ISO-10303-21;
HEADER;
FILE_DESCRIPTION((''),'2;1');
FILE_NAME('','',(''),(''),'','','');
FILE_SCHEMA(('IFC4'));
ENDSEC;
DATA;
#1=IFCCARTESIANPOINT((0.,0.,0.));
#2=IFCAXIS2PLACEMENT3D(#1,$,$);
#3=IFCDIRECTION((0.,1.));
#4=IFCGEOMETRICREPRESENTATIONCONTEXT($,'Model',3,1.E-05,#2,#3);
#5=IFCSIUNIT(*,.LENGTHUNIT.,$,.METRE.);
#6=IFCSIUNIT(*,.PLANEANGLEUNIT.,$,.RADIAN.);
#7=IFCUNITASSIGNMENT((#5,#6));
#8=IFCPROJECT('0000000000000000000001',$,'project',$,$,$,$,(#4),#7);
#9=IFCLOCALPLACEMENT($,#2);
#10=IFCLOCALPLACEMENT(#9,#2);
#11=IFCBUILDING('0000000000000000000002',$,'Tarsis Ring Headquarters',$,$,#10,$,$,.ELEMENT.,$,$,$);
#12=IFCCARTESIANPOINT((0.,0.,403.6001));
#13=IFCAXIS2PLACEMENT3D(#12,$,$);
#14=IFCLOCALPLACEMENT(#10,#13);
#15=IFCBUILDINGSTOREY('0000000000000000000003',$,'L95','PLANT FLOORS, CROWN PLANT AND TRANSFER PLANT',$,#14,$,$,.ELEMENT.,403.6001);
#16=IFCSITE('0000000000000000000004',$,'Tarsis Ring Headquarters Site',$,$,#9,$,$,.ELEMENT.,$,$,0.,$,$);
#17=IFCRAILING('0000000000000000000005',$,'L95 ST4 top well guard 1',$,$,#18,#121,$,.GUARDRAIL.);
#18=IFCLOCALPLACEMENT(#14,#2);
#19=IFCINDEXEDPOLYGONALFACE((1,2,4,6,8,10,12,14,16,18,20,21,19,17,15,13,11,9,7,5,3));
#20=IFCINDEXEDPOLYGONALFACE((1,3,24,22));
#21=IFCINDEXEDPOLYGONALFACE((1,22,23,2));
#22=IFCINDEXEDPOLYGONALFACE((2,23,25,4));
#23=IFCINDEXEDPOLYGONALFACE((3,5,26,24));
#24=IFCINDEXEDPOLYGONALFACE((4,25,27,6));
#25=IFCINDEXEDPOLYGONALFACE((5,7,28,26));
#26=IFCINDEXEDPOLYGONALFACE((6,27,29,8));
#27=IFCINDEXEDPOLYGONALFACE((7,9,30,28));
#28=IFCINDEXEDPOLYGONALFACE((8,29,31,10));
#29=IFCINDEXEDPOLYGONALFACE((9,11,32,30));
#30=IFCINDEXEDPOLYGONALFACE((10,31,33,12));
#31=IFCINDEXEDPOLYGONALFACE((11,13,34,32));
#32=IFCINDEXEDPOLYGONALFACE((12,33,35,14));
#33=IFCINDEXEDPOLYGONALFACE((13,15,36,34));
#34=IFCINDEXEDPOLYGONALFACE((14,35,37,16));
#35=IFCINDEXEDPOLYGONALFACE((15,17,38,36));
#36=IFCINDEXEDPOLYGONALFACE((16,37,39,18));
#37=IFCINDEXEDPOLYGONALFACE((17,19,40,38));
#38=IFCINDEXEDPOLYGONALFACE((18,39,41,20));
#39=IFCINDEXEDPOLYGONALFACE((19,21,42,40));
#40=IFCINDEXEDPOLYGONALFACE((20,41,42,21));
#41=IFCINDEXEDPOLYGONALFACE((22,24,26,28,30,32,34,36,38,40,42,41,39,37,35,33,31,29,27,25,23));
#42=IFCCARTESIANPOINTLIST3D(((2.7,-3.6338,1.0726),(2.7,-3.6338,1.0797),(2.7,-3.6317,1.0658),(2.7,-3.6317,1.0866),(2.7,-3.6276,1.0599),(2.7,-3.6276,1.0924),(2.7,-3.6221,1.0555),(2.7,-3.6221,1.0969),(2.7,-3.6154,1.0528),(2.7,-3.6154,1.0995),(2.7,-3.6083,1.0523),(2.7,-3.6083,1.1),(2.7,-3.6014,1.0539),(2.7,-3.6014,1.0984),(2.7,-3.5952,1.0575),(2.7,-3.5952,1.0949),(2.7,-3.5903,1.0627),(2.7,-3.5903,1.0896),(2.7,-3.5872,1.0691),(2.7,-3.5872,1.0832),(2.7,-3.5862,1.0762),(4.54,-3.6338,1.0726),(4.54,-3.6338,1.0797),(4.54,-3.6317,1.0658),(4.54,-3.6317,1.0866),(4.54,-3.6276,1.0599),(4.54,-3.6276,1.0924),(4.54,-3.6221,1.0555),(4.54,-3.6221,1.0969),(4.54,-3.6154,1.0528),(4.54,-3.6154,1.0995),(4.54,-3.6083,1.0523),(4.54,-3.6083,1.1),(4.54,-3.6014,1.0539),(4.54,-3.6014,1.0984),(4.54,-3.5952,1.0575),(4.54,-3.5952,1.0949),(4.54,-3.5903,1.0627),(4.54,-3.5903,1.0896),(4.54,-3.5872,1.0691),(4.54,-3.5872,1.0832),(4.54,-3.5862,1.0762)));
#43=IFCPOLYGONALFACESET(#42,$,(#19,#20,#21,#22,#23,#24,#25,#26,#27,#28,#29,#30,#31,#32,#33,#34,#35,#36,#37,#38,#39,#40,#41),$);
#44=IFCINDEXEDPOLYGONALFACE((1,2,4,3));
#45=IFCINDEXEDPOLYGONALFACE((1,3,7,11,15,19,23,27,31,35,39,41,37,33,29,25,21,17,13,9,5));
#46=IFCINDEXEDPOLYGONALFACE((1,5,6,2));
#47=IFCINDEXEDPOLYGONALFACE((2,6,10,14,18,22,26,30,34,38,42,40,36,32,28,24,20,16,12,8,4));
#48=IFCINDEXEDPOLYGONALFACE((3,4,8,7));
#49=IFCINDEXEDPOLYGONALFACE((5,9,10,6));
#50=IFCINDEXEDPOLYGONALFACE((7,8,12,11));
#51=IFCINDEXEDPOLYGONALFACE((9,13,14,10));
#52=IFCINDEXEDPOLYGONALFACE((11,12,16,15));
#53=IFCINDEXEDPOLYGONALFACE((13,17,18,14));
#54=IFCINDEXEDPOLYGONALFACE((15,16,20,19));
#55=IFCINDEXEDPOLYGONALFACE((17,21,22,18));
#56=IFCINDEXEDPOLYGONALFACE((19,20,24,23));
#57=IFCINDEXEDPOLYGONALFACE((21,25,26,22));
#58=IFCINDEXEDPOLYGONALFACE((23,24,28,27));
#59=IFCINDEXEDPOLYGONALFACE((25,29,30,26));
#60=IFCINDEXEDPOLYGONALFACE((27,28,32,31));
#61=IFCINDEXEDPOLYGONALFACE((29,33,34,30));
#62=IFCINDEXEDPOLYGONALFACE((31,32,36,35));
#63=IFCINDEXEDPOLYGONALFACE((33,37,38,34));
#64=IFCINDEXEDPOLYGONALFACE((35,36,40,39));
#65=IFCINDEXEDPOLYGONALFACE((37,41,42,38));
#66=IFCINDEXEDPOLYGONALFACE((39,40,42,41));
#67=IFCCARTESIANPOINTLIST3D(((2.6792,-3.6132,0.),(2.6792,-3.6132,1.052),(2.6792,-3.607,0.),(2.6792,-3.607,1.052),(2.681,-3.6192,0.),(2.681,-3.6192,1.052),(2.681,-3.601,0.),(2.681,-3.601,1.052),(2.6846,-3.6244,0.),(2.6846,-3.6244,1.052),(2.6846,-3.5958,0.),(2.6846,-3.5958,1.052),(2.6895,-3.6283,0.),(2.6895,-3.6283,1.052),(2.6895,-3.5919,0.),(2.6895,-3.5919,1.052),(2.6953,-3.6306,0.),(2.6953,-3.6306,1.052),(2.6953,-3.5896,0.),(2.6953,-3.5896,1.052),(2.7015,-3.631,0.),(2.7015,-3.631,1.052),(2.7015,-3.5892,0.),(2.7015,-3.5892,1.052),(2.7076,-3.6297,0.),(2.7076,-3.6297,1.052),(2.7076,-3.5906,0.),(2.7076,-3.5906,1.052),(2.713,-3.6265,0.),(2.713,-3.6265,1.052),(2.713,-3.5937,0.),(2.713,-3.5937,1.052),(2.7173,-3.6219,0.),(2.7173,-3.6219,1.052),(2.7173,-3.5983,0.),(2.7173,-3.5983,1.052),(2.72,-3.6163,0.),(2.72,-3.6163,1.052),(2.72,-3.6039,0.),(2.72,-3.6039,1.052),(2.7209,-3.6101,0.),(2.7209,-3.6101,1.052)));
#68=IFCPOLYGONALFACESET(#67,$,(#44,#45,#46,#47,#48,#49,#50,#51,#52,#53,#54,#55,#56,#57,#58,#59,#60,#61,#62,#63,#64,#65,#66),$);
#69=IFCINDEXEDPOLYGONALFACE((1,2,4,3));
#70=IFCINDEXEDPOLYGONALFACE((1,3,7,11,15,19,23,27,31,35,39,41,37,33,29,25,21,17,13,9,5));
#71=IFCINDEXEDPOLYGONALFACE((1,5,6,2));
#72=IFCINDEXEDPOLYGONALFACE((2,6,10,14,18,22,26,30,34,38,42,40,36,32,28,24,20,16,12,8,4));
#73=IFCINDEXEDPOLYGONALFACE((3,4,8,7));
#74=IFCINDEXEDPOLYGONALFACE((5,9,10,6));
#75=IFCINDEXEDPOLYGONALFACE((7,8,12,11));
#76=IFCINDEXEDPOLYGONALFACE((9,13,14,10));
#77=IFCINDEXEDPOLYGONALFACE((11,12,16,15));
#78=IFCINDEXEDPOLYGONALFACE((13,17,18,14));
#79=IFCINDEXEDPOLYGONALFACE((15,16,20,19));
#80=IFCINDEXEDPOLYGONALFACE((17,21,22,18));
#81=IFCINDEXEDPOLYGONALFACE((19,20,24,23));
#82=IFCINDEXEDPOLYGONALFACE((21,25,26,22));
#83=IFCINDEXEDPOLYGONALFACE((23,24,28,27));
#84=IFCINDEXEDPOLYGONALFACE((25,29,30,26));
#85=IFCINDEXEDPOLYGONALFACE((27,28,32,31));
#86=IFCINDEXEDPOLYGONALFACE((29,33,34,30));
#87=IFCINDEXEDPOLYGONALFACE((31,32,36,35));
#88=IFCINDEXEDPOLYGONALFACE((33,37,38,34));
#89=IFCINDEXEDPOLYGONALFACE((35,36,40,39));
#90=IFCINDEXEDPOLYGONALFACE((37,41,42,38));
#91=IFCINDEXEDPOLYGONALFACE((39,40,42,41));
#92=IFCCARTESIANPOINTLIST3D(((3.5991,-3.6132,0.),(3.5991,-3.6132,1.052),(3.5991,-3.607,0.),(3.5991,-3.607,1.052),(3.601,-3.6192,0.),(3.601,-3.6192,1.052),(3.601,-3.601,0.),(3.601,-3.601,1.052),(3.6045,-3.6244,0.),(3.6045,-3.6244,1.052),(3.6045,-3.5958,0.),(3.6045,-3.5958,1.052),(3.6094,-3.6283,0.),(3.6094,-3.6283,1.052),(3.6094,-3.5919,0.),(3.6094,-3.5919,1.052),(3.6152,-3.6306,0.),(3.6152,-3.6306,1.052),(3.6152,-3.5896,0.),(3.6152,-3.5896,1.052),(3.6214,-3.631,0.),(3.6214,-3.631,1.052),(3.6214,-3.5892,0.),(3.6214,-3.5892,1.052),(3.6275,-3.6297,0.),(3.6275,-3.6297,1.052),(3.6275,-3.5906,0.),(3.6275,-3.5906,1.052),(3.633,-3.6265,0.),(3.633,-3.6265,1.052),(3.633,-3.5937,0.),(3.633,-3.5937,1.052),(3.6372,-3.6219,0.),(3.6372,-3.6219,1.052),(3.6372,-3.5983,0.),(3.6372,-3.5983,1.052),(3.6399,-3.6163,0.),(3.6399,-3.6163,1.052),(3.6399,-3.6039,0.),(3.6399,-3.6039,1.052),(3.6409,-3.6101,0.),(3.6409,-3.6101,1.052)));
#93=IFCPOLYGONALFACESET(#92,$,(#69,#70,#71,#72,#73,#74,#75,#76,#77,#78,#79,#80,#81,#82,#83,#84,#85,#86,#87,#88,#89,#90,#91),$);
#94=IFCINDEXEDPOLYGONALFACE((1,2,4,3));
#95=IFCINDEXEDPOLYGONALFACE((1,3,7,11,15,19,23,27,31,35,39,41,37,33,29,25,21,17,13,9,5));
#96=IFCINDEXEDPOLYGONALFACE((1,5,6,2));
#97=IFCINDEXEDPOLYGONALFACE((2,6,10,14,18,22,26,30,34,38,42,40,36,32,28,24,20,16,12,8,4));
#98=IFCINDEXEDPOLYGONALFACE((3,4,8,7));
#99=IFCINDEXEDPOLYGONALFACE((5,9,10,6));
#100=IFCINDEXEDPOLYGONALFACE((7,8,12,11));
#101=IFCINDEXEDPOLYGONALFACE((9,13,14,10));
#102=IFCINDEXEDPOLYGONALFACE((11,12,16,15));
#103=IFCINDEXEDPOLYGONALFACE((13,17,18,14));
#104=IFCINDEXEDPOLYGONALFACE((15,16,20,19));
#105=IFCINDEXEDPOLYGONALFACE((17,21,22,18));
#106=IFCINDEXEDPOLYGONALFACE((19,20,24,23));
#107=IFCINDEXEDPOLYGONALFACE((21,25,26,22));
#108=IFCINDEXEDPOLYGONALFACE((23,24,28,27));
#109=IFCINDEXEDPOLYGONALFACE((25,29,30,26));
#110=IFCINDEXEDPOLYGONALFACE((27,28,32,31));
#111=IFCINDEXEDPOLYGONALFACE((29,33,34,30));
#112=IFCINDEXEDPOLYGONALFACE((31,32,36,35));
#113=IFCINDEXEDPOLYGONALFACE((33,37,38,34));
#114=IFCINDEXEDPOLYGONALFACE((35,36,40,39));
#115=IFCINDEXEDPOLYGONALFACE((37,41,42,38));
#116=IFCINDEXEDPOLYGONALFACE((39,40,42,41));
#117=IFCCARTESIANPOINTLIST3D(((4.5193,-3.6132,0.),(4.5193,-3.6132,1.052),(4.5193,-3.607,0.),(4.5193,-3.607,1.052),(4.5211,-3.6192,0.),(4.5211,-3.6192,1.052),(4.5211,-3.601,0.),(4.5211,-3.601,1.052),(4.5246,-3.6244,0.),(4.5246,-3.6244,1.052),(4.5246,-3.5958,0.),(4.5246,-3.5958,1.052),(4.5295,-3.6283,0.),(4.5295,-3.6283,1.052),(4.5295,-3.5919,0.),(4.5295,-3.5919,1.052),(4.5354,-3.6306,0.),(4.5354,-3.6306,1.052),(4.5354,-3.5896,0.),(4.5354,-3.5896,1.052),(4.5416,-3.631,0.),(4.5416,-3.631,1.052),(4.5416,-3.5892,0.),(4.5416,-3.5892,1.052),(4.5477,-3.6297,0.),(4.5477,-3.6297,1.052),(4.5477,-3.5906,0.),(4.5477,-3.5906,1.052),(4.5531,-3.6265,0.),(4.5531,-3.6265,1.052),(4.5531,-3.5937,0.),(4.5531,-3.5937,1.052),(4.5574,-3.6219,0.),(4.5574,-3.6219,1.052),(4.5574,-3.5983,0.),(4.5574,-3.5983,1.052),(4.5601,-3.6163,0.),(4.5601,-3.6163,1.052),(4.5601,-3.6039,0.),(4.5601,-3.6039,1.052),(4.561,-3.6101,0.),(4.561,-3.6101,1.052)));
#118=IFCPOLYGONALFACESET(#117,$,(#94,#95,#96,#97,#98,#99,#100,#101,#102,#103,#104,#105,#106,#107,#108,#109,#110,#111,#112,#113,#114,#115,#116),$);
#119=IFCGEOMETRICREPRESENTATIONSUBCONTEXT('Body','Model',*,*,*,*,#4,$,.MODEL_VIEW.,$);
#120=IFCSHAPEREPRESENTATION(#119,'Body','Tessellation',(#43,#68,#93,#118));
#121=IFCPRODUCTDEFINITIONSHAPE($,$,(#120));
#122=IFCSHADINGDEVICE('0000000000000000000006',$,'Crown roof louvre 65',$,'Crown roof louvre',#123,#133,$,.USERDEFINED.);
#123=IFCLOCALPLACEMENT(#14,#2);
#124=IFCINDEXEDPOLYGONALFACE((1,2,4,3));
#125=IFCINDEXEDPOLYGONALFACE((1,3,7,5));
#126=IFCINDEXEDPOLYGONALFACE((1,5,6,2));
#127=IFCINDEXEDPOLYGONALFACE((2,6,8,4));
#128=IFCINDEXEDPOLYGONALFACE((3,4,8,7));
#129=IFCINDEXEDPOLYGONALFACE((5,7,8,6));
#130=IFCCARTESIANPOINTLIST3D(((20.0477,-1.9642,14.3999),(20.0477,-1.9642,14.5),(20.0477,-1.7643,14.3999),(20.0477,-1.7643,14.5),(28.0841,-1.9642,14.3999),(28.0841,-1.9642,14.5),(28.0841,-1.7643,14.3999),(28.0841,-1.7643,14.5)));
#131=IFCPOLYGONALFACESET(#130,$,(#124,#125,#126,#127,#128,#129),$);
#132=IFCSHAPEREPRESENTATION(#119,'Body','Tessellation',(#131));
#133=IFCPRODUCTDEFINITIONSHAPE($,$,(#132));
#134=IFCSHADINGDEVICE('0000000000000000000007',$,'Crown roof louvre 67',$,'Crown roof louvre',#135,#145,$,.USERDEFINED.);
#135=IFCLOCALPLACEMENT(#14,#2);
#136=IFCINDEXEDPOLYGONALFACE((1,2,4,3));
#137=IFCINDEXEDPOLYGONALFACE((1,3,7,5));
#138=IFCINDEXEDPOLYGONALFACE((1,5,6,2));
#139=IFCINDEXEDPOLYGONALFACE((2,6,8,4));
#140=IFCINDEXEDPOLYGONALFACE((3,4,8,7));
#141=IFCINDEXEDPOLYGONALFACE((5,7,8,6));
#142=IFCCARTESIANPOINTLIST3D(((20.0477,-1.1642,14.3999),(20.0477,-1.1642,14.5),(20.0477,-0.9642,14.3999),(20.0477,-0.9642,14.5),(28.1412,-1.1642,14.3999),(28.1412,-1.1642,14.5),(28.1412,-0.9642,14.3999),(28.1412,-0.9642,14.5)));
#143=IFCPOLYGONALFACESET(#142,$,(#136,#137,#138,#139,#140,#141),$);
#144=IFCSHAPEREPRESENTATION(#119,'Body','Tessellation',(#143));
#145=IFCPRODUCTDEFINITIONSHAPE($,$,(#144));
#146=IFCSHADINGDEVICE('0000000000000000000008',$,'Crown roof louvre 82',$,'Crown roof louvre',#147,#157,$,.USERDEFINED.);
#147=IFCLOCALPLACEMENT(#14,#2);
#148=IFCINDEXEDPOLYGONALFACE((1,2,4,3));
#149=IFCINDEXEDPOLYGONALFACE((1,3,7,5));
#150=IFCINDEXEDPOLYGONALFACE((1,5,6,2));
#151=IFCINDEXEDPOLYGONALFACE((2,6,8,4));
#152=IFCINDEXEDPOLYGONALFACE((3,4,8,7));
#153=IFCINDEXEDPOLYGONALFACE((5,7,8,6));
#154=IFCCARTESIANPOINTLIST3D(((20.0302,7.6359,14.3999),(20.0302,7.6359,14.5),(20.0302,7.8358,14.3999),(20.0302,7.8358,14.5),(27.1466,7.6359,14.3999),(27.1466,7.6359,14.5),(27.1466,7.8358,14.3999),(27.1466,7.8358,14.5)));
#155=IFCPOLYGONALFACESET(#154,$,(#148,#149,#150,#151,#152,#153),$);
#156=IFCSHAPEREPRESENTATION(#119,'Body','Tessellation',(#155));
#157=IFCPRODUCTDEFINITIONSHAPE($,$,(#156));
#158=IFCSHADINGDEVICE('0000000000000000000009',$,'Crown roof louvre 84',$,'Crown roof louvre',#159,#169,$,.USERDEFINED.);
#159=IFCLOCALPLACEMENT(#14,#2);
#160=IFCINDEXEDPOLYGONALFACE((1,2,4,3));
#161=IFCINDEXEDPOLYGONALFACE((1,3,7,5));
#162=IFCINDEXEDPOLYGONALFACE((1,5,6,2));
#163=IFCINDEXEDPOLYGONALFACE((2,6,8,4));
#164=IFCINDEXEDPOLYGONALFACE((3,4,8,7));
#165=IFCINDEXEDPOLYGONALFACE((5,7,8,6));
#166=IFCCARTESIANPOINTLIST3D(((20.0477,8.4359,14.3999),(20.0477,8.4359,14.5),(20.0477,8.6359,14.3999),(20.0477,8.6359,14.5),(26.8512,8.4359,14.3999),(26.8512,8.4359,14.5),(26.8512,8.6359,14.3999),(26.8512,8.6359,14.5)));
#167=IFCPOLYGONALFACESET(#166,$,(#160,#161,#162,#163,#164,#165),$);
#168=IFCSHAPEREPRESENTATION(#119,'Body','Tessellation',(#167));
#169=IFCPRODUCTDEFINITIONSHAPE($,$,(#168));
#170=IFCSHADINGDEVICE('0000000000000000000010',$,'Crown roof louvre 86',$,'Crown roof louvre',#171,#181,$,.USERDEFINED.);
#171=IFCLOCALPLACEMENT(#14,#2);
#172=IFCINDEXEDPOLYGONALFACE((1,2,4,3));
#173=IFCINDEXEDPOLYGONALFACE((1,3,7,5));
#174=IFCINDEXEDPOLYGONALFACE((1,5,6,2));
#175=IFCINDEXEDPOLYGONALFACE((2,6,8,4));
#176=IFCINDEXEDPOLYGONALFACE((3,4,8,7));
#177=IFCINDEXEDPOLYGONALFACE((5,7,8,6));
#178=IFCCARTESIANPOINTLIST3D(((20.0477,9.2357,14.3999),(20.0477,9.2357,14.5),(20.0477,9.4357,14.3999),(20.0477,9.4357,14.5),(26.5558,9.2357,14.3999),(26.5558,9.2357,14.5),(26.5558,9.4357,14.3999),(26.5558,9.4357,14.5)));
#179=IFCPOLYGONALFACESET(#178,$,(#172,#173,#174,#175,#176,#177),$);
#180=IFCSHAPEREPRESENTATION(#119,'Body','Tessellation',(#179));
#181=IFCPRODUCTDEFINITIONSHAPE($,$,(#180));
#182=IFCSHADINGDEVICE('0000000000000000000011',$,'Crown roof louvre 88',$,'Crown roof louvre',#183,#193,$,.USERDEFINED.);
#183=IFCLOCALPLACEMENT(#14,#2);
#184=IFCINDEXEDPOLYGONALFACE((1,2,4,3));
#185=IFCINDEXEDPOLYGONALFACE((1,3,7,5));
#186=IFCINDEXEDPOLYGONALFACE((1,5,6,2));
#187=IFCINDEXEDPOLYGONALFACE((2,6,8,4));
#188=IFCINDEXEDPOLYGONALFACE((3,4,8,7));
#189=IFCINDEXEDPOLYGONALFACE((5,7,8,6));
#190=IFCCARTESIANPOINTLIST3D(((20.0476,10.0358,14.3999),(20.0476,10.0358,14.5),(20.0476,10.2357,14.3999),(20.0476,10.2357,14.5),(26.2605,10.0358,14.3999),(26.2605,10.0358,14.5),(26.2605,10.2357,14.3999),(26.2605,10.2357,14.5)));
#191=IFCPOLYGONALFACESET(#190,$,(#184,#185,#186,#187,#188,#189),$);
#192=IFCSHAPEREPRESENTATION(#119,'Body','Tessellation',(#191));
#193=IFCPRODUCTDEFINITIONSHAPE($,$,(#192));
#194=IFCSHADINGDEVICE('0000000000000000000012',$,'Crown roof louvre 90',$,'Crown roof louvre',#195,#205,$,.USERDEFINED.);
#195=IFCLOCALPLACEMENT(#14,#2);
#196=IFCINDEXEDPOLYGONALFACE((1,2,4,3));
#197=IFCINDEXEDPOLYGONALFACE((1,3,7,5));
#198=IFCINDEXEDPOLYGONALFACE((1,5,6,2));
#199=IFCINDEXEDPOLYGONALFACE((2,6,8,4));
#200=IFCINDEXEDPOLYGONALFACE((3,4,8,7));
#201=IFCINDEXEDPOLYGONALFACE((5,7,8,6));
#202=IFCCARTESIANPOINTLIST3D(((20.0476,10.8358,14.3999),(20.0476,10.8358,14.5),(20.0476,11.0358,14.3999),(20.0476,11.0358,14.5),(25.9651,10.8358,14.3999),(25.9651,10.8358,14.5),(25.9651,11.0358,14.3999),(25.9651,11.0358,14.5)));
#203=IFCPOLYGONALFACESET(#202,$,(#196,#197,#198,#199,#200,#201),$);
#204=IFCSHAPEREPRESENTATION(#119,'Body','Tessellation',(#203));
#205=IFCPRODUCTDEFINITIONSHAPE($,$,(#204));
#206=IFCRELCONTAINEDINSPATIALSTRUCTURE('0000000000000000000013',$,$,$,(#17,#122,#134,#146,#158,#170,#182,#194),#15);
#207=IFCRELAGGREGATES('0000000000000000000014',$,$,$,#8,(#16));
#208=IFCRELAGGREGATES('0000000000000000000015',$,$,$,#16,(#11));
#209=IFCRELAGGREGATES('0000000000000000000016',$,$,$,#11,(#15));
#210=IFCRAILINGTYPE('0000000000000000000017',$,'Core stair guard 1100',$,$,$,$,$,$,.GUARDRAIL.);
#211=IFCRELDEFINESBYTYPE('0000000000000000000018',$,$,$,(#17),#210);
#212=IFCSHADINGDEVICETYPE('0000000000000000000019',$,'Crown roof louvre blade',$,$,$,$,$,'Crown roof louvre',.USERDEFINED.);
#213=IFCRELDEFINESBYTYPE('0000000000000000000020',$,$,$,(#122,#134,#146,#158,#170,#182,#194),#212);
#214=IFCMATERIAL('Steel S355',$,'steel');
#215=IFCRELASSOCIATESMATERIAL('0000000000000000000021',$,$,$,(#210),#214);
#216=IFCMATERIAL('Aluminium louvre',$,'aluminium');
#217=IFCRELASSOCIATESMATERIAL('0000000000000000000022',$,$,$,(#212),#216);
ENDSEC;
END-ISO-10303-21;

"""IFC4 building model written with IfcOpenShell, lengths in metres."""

from ifc_helpers import new_model, si_unit, direction, frame, origin, origin_2d, place, context, subcontext, project, spatial, rectangle, circle, extrude, material, type_object, element, save


model = new_model("IFC4")

# Units and contexts
model_context = context("Model", 3, precision=1e-05, world=origin(), true_north=direction((0.0, 1.0)))
body_context = subcontext(model_context, "Body", "Model", "MODEL_VIEW")
ifc_project = project(units=[si_unit("LENGTHUNIT", "METRE"), si_unit("PLANEANGLEUNIT", "RADIAN")], contexts=[model_context])

# Site, building, storey
site_placement = place(None, origin())
site = spatial("IfcSite", under=ifc_project, at=site_placement, Name="Tarsis Ring Headquarters Site", CompositionType="ELEMENT", RefElevation=0.0)
building_placement = place(site_placement, origin())
building = spatial("IfcBuilding", under=site, at=building_placement, Name="Tarsis Ring Headquarters", CompositionType="ELEMENT")
storey_placement = place(building_placement, frame((0.0, 0.0, 403.6001)))
storey = spatial("IfcBuildingStorey", under=building, at=storey_placement, Name="L95", Description="PLANT FLOORS, CROWN PLANT AND TRANSFER PLANT", CompositionType="ELEMENT", Elevation=403.6001)

# Railing
ifc_material_1 = material(Name="Steel S355", Category="steel")
railing_type = type_object("IfcRailingType", Name="Core stair guard 1100", PredefinedType="GUARDRAIL", material=ifc_material_1)
railing_1_placement = place(storey_placement, frame((2.7, -3.6101, 0.0)))
element("IfcRailing", 1, at=railing_1_placement, inside=storey, type_object=railing_type, Name="L95 ST4 top well guard 1", PredefinedType="GUARDRAIL", context=body_context, shape_type="SweptSolid", body=[
    extrude(circle(Radius=0.0239, at=origin_2d()), frame((0.0, 0.0, 1.0762), z_axis=(1.0, 0.0, 0.0), x_axis=(0.0, 1.0, 0.0)), (0.0, 0.0, 1.0), 1.8401),
    extrude(circle(Radius=0.021, at=origin_2d()), origin(), (0.0, 0.0, 1.0), 1.052),
    extrude(circle(Radius=0.021, at=origin_2d()), frame((0.9199, 0.0, 0.0)), (0.0, 0.0, 1.0), 1.052),
    extrude(circle(Radius=0.021, at=origin_2d()), frame((1.8401, 0.0, 0.0)), (0.0, 0.0, 1.0), 1.052),
])

# Shading devices
ifc_material_2 = material(Name="Aluminium louvre", Category="aluminium")
shading_device_type_1 = type_object("IfcShadingDeviceType", Name="Crown roof louvre blade", ElementType="Crown roof louvre", PredefinedType="USERDEFINED", material=ifc_material_2)
shading_device_1_placement = place(storey_placement, frame((24.0659, -1.8643, 14.3999), z_axis=(0.0, 0.0, 1.0), x_axis=(1.0, 0.0, 0.0)))
element("IfcShadingDevice", 2, at=shading_device_1_placement, inside=storey, type_object=shading_device_type_1, Name="Crown roof louvre 65", ObjectType="Crown roof louvre", PredefinedType="USERDEFINED", context=body_context, shape_type="SweptSolid", body=[
    extrude(rectangle(XDim=8.0364, YDim=0.2, at=origin_2d()), origin(), (0.0, 0.0, 1.0), 0.1001),
])
shading_device_2_placement = place(storey_placement, frame((24.0945, -1.0642, 14.3999), z_axis=(0.0, 0.0, 1.0), x_axis=(1.0, 0.0, 0.0)))
element("IfcShadingDevice", 3, at=shading_device_2_placement, inside=storey, type_object=shading_device_type_1, Name="Crown roof louvre 67", ObjectType="Crown roof louvre", PredefinedType="USERDEFINED", context=body_context, shape_type="SweptSolid", body=[
    extrude(rectangle(XDim=8.0935, YDim=0.2, at=origin_2d()), origin(), (0.0, 0.0, 1.0), 0.1001),
])
shading_device_3_placement = place(storey_placement, frame((23.5884, 7.7358, 14.3999), z_axis=(0.0, 0.0, 1.0), x_axis=(1.0, 0.0, 0.0)))
element("IfcShadingDevice", 4, at=shading_device_3_placement, inside=storey, type_object=shading_device_type_1, Name="Crown roof louvre 82", ObjectType="Crown roof louvre", PredefinedType="USERDEFINED", context=body_context, shape_type="SweptSolid", body=[
    extrude(rectangle(XDim=7.1165, YDim=0.2, at=origin_2d()), origin(), (0.0, 0.0, 1.0), 0.1001),
])
shading_device_4_placement = place(storey_placement, frame((23.4495, 8.5359, 14.3999), z_axis=(0.0, 0.0, 1.0), x_axis=(1.0, 0.0, 0.0)))
element("IfcShadingDevice", 5, at=shading_device_4_placement, inside=storey, type_object=shading_device_type_1, Name="Crown roof louvre 84", ObjectType="Crown roof louvre", PredefinedType="USERDEFINED", context=body_context, shape_type="SweptSolid", body=[
    extrude(rectangle(XDim=6.8035, YDim=0.2, at=origin_2d()), origin(), (0.0, 0.0, 1.0), 0.1001),
])
shading_device_5_placement = place(storey_placement, frame((23.3018, 9.3357, 14.3999), z_axis=(0.0, 0.0, 1.0), x_axis=(1.0, 0.0, 0.0)))
element("IfcShadingDevice", 6, at=shading_device_5_placement, inside=storey, type_object=shading_device_type_1, Name="Crown roof louvre 86", ObjectType="Crown roof louvre", PredefinedType="USERDEFINED", context=body_context, shape_type="SweptSolid", body=[
    extrude(rectangle(XDim=6.5081, YDim=0.2, at=origin_2d()), origin(), (0.0, 0.0, 1.0), 0.1001),
])
shading_device_6_placement = place(storey_placement, frame((23.1541, 10.1357, 14.3999), z_axis=(0.0, 0.0, 1.0), x_axis=(1.0, 0.0, 0.0)))
element("IfcShadingDevice", 7, at=shading_device_6_placement, inside=storey, type_object=shading_device_type_1, Name="Crown roof louvre 88", ObjectType="Crown roof louvre", PredefinedType="USERDEFINED", context=body_context, shape_type="SweptSolid", body=[
    extrude(rectangle(XDim=6.2129, YDim=0.2, at=origin_2d()), origin(), (0.0, 0.0, 1.0), 0.1001),
])
shading_device_7_placement = place(storey_placement, frame((23.0063, 10.9358, 14.3999), z_axis=(0.0, 0.0, 1.0), x_axis=(1.0, 0.0, 0.0)))
element("IfcShadingDevice", 8, at=shading_device_7_placement, inside=storey, type_object=shading_device_type_1, Name="Crown roof louvre 90", ObjectType="Crown roof louvre", PredefinedType="USERDEFINED", context=body_context, shape_type="SweptSolid", body=[
    extrude(rectangle(XDim=5.9175, YDim=0.2, at=origin_2d()), origin(), (0.0, 0.0, 1.0), 0.1001),
])

save(model, "model.ifc")
